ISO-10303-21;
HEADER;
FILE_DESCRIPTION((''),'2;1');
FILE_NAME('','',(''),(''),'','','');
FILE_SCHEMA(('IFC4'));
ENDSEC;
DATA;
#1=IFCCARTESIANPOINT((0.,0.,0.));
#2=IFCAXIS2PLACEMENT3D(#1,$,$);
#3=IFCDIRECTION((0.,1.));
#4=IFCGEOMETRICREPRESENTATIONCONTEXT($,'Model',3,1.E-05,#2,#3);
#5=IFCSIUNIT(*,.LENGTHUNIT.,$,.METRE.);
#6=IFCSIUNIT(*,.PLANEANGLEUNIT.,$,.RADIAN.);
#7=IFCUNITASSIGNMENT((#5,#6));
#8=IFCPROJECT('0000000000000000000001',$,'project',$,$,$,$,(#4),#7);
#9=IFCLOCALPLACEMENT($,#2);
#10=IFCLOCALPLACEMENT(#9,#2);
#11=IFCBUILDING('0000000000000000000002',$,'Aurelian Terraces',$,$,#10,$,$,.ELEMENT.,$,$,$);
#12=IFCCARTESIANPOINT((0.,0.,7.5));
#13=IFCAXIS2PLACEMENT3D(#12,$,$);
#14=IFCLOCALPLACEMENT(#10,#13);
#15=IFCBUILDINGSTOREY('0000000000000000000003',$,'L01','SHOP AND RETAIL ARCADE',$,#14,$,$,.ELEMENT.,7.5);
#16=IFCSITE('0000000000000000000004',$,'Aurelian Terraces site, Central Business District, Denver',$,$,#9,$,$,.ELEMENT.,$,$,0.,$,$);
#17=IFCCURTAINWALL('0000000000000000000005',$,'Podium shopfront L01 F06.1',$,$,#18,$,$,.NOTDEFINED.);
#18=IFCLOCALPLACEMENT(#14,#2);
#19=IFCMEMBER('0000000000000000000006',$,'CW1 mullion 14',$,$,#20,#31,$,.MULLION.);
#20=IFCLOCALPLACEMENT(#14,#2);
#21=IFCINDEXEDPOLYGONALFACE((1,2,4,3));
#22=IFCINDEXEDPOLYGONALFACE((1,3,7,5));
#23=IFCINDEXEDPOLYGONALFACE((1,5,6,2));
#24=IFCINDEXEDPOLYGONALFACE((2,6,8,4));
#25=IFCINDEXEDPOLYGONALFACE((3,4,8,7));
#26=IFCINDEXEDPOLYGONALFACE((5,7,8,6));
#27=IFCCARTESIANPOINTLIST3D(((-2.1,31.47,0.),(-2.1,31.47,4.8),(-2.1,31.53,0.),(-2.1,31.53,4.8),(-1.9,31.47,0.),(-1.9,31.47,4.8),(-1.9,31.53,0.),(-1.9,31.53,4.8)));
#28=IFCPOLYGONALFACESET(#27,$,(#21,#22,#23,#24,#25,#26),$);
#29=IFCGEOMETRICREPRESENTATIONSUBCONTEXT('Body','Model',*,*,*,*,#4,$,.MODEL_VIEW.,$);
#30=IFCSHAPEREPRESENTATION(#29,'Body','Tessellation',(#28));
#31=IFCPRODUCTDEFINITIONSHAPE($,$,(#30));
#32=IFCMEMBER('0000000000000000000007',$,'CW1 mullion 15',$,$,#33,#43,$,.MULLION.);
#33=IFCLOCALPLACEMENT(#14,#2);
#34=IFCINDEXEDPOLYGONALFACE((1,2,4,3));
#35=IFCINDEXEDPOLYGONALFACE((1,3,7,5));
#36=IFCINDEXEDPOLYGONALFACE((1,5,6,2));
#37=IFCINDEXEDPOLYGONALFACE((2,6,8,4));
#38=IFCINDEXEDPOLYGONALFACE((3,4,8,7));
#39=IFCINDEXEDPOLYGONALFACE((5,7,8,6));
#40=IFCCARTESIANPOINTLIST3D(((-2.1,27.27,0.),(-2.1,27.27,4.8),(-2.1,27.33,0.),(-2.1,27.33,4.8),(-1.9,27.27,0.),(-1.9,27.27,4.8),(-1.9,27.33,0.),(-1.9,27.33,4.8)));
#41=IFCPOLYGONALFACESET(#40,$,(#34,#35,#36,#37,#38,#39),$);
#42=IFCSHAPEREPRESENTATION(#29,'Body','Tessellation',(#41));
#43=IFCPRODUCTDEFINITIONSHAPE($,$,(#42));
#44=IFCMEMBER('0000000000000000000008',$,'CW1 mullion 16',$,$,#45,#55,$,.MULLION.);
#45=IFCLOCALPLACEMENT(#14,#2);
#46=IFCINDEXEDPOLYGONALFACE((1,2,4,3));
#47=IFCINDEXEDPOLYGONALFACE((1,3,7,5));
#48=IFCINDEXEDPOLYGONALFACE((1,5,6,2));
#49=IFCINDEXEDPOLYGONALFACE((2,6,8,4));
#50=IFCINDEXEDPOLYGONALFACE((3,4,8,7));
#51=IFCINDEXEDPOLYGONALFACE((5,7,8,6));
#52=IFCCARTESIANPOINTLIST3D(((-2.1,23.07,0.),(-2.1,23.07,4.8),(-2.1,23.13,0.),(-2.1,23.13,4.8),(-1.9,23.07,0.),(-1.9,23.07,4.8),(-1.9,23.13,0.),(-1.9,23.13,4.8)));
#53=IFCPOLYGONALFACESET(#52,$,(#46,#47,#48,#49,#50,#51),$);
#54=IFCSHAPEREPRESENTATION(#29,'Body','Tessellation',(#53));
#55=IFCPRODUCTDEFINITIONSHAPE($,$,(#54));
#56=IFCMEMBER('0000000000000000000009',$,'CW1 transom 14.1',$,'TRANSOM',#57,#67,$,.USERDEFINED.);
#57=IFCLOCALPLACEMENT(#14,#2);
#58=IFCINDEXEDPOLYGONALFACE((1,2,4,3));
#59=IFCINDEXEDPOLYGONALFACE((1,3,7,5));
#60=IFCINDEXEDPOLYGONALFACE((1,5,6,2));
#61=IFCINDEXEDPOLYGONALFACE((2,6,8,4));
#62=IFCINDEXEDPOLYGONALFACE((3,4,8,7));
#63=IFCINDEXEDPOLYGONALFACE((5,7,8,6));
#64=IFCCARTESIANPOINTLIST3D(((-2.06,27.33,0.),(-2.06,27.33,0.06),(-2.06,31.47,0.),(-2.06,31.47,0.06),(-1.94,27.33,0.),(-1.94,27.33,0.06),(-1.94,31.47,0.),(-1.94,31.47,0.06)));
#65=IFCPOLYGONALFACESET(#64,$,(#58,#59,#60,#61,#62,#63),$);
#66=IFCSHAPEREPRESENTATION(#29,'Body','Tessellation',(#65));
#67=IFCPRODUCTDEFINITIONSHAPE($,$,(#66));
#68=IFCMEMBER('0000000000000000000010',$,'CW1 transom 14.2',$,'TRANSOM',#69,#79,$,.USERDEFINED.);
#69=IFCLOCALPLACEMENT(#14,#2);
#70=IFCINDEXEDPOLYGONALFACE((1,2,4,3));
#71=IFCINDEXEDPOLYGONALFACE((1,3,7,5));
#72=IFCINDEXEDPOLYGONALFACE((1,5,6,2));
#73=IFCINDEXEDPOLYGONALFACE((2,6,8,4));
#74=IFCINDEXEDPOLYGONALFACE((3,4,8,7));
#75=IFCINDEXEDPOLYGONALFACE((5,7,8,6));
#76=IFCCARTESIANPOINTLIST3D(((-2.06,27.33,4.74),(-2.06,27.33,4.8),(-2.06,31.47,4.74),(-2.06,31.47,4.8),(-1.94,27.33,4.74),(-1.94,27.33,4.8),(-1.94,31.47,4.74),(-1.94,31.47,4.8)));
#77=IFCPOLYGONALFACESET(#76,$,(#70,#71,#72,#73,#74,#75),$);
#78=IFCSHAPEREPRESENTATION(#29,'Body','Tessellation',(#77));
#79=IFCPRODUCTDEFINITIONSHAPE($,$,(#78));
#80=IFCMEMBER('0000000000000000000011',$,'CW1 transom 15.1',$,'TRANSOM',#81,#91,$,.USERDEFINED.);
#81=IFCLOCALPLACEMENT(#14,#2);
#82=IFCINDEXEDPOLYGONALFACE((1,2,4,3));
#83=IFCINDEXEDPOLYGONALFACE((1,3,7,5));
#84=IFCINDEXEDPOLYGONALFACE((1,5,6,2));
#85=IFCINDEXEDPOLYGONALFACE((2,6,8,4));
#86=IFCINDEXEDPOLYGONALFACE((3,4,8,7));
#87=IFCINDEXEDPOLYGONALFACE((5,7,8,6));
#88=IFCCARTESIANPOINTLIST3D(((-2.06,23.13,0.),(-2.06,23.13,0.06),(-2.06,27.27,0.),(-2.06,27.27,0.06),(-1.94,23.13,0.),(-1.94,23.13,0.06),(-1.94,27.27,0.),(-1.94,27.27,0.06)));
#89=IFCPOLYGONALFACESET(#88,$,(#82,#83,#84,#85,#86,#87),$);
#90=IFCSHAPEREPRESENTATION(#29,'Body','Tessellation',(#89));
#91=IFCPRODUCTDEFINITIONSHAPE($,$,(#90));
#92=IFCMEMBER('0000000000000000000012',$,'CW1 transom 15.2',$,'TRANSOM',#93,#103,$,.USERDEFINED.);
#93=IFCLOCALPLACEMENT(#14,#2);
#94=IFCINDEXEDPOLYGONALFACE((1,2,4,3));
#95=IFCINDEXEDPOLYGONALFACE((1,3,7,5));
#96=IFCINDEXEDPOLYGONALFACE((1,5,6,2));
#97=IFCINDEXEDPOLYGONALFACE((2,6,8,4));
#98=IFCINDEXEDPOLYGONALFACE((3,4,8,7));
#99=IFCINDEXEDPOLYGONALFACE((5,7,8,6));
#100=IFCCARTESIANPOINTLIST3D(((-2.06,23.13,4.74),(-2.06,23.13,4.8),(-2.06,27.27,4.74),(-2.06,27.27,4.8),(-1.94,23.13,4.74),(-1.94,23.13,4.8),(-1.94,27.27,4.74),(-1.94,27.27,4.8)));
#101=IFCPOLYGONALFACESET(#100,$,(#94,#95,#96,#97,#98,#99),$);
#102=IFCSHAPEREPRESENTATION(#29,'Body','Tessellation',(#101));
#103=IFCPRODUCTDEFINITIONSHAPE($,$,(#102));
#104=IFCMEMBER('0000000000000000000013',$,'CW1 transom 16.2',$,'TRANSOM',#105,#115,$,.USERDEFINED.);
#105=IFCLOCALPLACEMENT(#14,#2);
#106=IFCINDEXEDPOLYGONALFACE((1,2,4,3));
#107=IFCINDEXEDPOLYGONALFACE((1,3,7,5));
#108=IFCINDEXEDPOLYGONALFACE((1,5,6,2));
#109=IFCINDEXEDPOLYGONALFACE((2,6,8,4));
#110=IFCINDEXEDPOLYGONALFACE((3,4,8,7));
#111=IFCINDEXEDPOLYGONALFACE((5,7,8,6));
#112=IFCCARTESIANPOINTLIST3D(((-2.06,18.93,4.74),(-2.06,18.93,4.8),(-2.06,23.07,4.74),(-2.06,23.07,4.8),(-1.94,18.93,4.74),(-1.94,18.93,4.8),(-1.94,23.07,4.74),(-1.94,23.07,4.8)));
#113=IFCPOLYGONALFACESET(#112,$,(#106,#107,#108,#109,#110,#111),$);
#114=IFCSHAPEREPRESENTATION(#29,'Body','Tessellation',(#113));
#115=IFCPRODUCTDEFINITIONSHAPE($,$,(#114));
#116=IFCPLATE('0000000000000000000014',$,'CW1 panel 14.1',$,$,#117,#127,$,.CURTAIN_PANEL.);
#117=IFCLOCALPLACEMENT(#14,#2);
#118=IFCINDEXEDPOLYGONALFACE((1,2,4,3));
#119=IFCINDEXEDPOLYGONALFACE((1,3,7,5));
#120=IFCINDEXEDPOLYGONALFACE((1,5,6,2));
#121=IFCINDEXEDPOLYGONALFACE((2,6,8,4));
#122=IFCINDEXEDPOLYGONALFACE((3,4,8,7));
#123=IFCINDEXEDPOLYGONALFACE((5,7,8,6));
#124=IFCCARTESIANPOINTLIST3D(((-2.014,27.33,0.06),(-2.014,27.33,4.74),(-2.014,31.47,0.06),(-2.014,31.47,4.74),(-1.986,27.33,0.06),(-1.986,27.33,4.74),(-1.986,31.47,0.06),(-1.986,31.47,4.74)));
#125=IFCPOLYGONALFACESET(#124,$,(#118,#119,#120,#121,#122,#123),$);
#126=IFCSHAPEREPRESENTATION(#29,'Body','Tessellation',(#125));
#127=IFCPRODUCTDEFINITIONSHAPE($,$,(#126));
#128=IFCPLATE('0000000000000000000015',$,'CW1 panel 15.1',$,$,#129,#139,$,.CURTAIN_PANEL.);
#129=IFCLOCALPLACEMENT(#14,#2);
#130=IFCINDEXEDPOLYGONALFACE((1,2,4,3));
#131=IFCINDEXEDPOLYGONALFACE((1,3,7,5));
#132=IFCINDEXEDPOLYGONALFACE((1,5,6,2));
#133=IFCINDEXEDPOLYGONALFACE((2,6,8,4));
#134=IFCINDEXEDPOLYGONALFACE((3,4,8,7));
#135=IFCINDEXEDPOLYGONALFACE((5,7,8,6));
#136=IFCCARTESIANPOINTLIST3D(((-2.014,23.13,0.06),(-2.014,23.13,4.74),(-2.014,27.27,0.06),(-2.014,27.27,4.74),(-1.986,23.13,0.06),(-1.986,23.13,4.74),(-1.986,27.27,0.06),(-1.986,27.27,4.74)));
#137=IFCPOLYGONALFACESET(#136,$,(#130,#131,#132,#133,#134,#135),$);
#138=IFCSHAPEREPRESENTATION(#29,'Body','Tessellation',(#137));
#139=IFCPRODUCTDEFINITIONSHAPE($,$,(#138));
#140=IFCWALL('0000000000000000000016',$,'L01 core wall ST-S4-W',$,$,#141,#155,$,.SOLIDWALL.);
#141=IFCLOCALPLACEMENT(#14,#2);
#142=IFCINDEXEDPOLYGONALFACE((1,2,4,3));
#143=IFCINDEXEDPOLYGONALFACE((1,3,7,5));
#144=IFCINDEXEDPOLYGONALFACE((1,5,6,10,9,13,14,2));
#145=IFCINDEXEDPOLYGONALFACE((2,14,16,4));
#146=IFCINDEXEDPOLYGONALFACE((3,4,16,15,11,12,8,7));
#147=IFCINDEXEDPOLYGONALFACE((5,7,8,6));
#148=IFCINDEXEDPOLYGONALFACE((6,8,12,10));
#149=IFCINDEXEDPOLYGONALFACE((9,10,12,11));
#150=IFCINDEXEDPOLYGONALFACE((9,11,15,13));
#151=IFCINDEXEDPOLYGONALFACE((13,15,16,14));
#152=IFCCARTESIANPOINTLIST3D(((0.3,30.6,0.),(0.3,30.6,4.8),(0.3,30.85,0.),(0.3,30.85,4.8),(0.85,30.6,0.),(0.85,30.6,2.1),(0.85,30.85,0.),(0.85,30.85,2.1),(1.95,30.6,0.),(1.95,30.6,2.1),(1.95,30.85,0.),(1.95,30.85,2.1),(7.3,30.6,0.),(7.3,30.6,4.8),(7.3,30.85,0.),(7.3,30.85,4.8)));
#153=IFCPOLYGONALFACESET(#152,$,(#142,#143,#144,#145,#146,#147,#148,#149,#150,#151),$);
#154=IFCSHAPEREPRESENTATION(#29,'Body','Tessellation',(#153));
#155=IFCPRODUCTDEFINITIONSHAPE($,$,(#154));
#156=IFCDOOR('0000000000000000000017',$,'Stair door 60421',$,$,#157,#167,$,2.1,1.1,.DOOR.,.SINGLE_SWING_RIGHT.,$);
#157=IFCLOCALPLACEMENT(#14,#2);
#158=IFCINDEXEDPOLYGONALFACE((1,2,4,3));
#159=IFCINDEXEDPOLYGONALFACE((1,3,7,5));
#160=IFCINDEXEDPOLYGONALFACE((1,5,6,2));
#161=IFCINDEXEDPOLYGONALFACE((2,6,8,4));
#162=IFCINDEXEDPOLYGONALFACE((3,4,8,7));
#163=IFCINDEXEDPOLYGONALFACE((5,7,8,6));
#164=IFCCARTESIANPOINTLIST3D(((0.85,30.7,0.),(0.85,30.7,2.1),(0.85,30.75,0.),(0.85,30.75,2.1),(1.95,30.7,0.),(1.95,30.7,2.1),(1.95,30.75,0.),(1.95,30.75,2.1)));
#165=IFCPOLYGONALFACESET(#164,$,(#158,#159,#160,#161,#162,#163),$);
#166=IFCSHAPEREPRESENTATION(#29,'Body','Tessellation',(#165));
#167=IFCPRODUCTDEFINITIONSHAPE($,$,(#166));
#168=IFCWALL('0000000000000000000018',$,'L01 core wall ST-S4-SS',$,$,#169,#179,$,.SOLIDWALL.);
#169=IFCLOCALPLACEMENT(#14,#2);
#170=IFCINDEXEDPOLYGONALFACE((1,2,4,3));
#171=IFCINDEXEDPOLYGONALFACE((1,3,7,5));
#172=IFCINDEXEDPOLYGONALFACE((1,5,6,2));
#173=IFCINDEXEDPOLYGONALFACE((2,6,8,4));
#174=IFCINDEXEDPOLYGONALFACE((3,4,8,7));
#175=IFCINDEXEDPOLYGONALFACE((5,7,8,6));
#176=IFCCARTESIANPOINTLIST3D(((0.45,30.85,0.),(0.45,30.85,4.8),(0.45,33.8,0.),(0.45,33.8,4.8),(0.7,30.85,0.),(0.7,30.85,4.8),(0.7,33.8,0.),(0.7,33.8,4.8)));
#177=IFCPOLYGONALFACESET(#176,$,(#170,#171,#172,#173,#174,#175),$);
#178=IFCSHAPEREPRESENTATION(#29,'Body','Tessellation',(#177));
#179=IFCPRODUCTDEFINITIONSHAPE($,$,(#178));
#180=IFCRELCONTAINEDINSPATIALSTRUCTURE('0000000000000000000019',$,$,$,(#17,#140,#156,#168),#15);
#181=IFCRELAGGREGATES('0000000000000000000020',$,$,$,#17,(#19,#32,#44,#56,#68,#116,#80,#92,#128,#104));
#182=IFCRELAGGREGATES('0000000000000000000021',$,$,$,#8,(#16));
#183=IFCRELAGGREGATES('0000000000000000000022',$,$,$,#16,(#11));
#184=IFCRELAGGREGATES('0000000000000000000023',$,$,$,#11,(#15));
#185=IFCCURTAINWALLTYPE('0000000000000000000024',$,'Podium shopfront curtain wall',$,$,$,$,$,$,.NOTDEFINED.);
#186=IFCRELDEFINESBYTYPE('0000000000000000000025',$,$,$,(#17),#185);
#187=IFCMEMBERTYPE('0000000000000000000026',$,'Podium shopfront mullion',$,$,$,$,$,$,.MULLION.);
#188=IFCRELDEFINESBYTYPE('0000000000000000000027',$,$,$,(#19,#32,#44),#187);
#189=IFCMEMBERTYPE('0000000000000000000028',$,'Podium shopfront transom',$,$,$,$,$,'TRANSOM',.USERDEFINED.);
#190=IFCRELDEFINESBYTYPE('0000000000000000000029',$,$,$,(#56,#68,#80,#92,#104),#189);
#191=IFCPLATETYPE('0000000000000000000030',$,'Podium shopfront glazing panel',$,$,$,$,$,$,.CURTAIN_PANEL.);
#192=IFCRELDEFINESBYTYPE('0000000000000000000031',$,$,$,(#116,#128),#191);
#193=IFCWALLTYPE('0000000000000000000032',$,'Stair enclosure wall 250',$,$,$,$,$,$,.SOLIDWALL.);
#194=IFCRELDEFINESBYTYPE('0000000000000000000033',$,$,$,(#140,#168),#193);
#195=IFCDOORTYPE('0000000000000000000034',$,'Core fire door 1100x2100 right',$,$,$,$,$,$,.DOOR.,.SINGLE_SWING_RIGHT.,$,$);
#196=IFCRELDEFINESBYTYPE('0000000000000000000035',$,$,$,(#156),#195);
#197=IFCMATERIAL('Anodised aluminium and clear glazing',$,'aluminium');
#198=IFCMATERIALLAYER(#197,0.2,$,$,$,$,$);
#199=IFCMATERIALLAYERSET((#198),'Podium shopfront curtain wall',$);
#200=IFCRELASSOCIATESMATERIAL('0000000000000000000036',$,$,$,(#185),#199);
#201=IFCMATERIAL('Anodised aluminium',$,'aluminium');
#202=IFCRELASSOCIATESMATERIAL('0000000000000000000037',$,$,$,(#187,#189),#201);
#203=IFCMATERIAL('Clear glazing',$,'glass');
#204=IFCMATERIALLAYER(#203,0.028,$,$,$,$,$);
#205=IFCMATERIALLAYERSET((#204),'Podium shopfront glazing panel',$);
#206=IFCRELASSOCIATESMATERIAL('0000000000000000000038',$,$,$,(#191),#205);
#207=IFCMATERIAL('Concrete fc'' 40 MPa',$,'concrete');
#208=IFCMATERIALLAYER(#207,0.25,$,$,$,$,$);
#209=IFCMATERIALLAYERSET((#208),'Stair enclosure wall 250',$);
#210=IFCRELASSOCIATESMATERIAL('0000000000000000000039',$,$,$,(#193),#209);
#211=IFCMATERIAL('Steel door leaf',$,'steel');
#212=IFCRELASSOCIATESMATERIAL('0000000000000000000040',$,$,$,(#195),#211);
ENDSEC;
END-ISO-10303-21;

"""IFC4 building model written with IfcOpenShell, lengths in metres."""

from ifc_helpers import new_model, si_unit, direction, frame, frame_2d, origin, origin_2d, place, context, subcontext, project, spatial, rectangle, extrude, source, transform, mapped, material, layer, layer_set, material_profile, profile_set, type_object, element, fill, aggregate, save


model = new_model("IFC4")

# Units and contexts
model_context = context("Model", 3, precision=1e-05, world=origin(), true_north=direction((0.0, 1.0)))
body_context = subcontext(model_context, "Body", "Model", "MODEL_VIEW")
ifc_project = project(units=[si_unit("LENGTHUNIT", "METRE"), si_unit("PLANEANGLEUNIT", "RADIAN")], contexts=[model_context])

# Site, building, storey
site_placement = place(None, origin())
site = spatial("IfcSite", under=ifc_project, at=site_placement, Name="Aurelian Terraces site, Central Business District, Denver", CompositionType="ELEMENT", RefElevation=0.0)
building_placement = place(site_placement, origin())
building = spatial("IfcBuilding", under=site, at=building_placement, Name="Aurelian Terraces", CompositionType="ELEMENT")
storey_placement = place(building_placement, frame((0.0, 0.0, 7.5)))
storey = spatial("IfcBuildingStorey", under=building, at=storey_placement, Name="L01", Description="SHOP AND RETAIL ARCADE", CompositionType="ELEMENT", Elevation=7.5)

# Curtain wall, members, plates
ifc_material_1 = material(Name="Anodised aluminium and clear glazing", Category="aluminium")
ifc_layer_1 = layer(ifc_material_1, 0.2)
ifc_layer_set_1 = layer_set([ifc_layer_1], Name="Podium shopfront curtain wall")
curtain_wall_type = type_object("IfcCurtainWallType", Name="Podium shopfront curtain wall", PredefinedType="NOTDEFINED", material=ifc_layer_set_1)
curtain_wall_placement = place(storey_placement, origin())
curtain_wall = element("IfcCurtainWall", 1, at=curtain_wall_placement, inside=storey, type_object=curtain_wall_type, Name="Podium shopfront L01 F06.1", PredefinedType="NOTDEFINED")
ifc_material_2 = material(Name="Anodised aluminium", Category="aluminium")
ifc_material_profile_1 = material_profile(ifc_material_2, rectangle(XDim=0.2, YDim=0.06, at=origin_2d()))
ifc_profile_set_1 = profile_set([ifc_material_profile_1], Name="Anodised aluminium")
member_type_1 = type_object("IfcMemberType", Name="Podium shopfront mullion", PredefinedType="MULLION", material=ifc_profile_set_1)
shared_shape_1 = source(origin(), body_context, "Body", "SweptSolid", [
    extrude(rectangle(XDim=0.2, YDim=0.06, at=origin_2d()), origin(), (0.0, 0.0, 1.0), 4.8),
])
member_1_placement = place(storey_placement, frame((-2.0, 31.5, 0.0), z_axis=(0.0, 0.0, 1.0), x_axis=(1.0, 0.0, 0.0)))
member_1 = element("IfcMember", 2, at=member_1_placement, type_object=member_type_1, Name="CW1 mullion 14", PredefinedType="MULLION", context=body_context, shape_type="MappedRepresentation", body=[
    mapped(shared_shape_1, transform((0.0, 0.0, 0.0), scale=1.0)),
])
member_2_placement = place(storey_placement, frame((-2.0, 27.3, 0.0), z_axis=(0.0, 0.0, 1.0), x_axis=(1.0, 0.0, 0.0)))
member_2 = element("IfcMember", 3, at=member_2_placement, type_object=member_type_1, Name="CW1 mullion 15", PredefinedType="MULLION", context=body_context, shape_type="MappedRepresentation", body=[
    mapped(shared_shape_1, transform((0.0, 0.0, 0.0), scale=1.0)),
])
member_3_placement = place(storey_placement, frame((-2.0, 23.1, 0.0), z_axis=(0.0, 0.0, 1.0), x_axis=(1.0, 0.0, 0.0)))
member_3 = element("IfcMember", 4, at=member_3_placement, type_object=member_type_1, Name="CW1 mullion 16", PredefinedType="MULLION", context=body_context, shape_type="MappedRepresentation", body=[
    mapped(shared_shape_1, transform((0.0, 0.0, 0.0), scale=1.0)),
])
ifc_material_profile_2 = material_profile(ifc_material_2, rectangle(XDim=0.12, YDim=0.06, at=origin_2d()))
ifc_profile_set_2 = profile_set([ifc_material_profile_2], Name="Anodised aluminium")
member_type_2 = type_object("IfcMemberType", Name="Podium shopfront transom", ElementType="TRANSOM", PredefinedType="USERDEFINED", material=ifc_profile_set_2)
shared_shape_2 = source(origin(), body_context, "Body", "SweptSolid", [
    extrude(rectangle(XDim=0.12, YDim=0.06, at=origin_2d()), origin(), (0.0, 0.0, 1.0), 4.14),
])
member_4_placement = place(storey_placement, frame((-2.0, 31.47, 0.03), z_axis=(0.0, -1.0, 0.0), x_axis=(1.0, 0.0, 0.0)))
member_4 = element("IfcMember", 5, at=member_4_placement, type_object=member_type_2, Name="CW1 transom 14.1", ObjectType="TRANSOM", PredefinedType="USERDEFINED", context=body_context, shape_type="MappedRepresentation", body=[
    mapped(shared_shape_2, transform((0.0, 0.0, 0.0), scale=1.0)),
])
member_5_placement = place(storey_placement, frame((-2.0, 31.47, 4.77), z_axis=(0.0, -1.0, 0.0), x_axis=(1.0, 0.0, 0.0)))
member_5 = element("IfcMember", 6, at=member_5_placement, type_object=member_type_2, Name="CW1 transom 14.2", ObjectType="TRANSOM", PredefinedType="USERDEFINED", context=body_context, shape_type="MappedRepresentation", body=[
    mapped(shared_shape_2, transform((0.0, 0.0, 0.0), scale=1.0)),
])
member_6_placement = place(storey_placement, frame((-2.0, 27.27, 0.03), z_axis=(0.0, -1.0, 0.0), x_axis=(1.0, 0.0, 0.0)))
member_6 = element("IfcMember", 7, at=member_6_placement, type_object=member_type_2, Name="CW1 transom 15.1", ObjectType="TRANSOM", PredefinedType="USERDEFINED", context=body_context, shape_type="MappedRepresentation", body=[
    mapped(shared_shape_2, transform((0.0, 0.0, 0.0), scale=1.0)),
])
member_7_placement = place(storey_placement, frame((-2.0, 27.27, 4.77), z_axis=(0.0, -1.0, 0.0), x_axis=(1.0, 0.0, 0.0)))
member_7 = element("IfcMember", 8, at=member_7_placement, type_object=member_type_2, Name="CW1 transom 15.2", ObjectType="TRANSOM", PredefinedType="USERDEFINED", context=body_context, shape_type="MappedRepresentation", body=[
    mapped(shared_shape_2, transform((0.0, 0.0, 0.0), scale=1.0)),
])
member_8_placement = place(storey_placement, frame((-2.0, 23.07, 4.77), z_axis=(0.0, -1.0, 0.0), x_axis=(1.0, 0.0, 0.0)))
member_8 = element("IfcMember", 9, at=member_8_placement, type_object=member_type_2, Name="CW1 transom 16.2", ObjectType="TRANSOM", PredefinedType="USERDEFINED", context=body_context, shape_type="MappedRepresentation", body=[
    mapped(shared_shape_2, transform((0.0, 0.0, 0.0), scale=1.0)),
])
ifc_material_3 = material(Name="Clear glazing", Category="glass")
ifc_layer_2 = layer(ifc_material_3, 0.028)
ifc_layer_set_2 = layer_set([ifc_layer_2], Name="Podium shopfront glazing panel")
plate_type = type_object("IfcPlateType", Name="Podium shopfront glazing panel", PredefinedType="CURTAIN_PANEL", material=ifc_layer_set_2)
shared_shape_3 = source(origin(), body_context, "Body", "SweptSolid", [
    extrude(rectangle(XDim=4.14, YDim=0.028, at=origin_2d()), origin(), (0.0, 0.0, 1.0), 4.68),
])
plate_1_placement = place(storey_placement, frame((-2.0, 29.4, 0.06), z_axis=(0.0, 0.0, 1.0), x_axis=(0.0, -1.0, 0.0)))
plate_1 = element("IfcPlate", 10, at=plate_1_placement, type_object=plate_type, Name="CW1 panel 14.1", PredefinedType="CURTAIN_PANEL", context=body_context, shape_type="MappedRepresentation", body=[
    mapped(shared_shape_3, transform((0.0, 0.0, 0.0), scale=1.0)),
])
plate_2_placement = place(storey_placement, frame((-2.0, 25.2, 0.06), z_axis=(0.0, 0.0, 1.0), x_axis=(0.0, -1.0, 0.0)))
plate_2 = element("IfcPlate", 11, at=plate_2_placement, type_object=plate_type, Name="CW1 panel 15.1", PredefinedType="CURTAIN_PANEL", context=body_context, shape_type="MappedRepresentation", body=[
    mapped(shared_shape_3, transform((0.0, 0.0, 0.0), scale=1.0)),
])
aggregate(curtain_wall, [member_1, member_2, member_3, member_4, member_5, plate_1, member_6, member_7, plate_2, member_8])

# Wall, opening, door
ifc_material_4 = material(Name="Concrete fc' 40 MPa", Category="concrete")
ifc_layer_3 = layer(ifc_material_4, 0.25)
ifc_layer_set_3 = layer_set([ifc_layer_3], Name="Stair enclosure wall 250")
wall_type_1 = type_object("IfcWallType", Name="Stair enclosure wall 250", PredefinedType="SOLIDWALL", material=ifc_layer_set_3)
shared_shape_4 = source(origin(), body_context, "Body", "SweptSolid", [
    extrude(rectangle(XDim=7.0, YDim=0.25, at=frame_2d((3.5, 0.0))), origin(), (0.0, 0.0, 1.0), 4.8),
])
wall_1_placement = place(storey_placement, frame((0.3, 30.725, 0.0), z_axis=(0.0, 0.0, 1.0), x_axis=(1.0, 0.0, 0.0)))
wall_1 = element("IfcWall", 12, at=wall_1_placement, inside=storey, type_object=wall_type_1, Name="L01 core wall ST-S4-W", PredefinedType="SOLIDWALL", context=body_context, shape_type="MappedRepresentation", body=[
    mapped(shared_shape_4, transform((0.0, 0.0, 0.0), scale=1.0)),
])
shared_shape_5 = source(origin(), body_context, "Body", "SweptSolid", [
    extrude(rectangle(XDim=1.1, YDim=2.1, at=frame_2d((0.55, 1.05))), frame((0.0, 0.135, 0.0), z_axis=(0.0, -1.0, 0.0), x_axis=(1.0, 0.0, 0.0)), (0.0, 0.0, 1.0), 0.27),
])
opening_placement = place(wall_1_placement, frame((0.55, 0.0, 0.0)))
opening = element("IfcOpeningElement", 13, at=opening_placement, cuts=wall_1, PredefinedType="OPENING", context=body_context, shape_type="MappedRepresentation", body=[
    mapped(shared_shape_5, transform((0.0, 0.0, 0.0), scale=1.0)),
])
ifc_material_5 = material(Name="Steel door leaf", Category="steel")
door_type = type_object("IfcDoorType", Name="Core fire door 1100x2100 right", OperationType="SINGLE_SWING_RIGHT", PredefinedType="DOOR", material=ifc_material_5)
shared_shape_6 = source(origin(), body_context, "Body", "SweptSolid", [
    extrude(rectangle(XDim=1.1, YDim=2.1, at=frame_2d((0.55, 1.05))), frame((0.0, 0.025, 0.0), z_axis=(0.0, -1.0, 0.0), x_axis=(1.0, 0.0, 0.0)), (0.0, 0.0, 1.0), 0.05),
])
door_placement = place(opening_placement, origin())
door = element("IfcDoor", 14, at=door_placement, inside=storey, type_object=door_type, Name="Stair door 60421", OperationType="SINGLE_SWING_RIGHT", OverallHeight=2.1, OverallWidth=1.1, PredefinedType="DOOR", context=body_context, shape_type="MappedRepresentation", body=[
    mapped(shared_shape_6, transform((0.0, 0.0, 0.0), scale=1.0)),
])
fill(opening, door)

# Wall
shared_shape_7 = source(origin(), body_context, "Body", "SweptSolid", [
    extrude(rectangle(XDim=2.95, YDim=0.25, at=frame_2d((1.475, 0.0))), origin(), (0.0, 0.0, 1.0), 4.8),
])
wall_2_placement = place(storey_placement, frame((0.575, 30.85, 0.0), z_axis=(0.0, 0.0, 1.0), x_axis=(0.0, 1.0, 0.0)))
element("IfcWall", 15, at=wall_2_placement, inside=storey, type_object=wall_type_1, Name="L01 core wall ST-S4-SS", PredefinedType="SOLIDWALL", context=body_context, shape_type="MappedRepresentation", body=[
    mapped(shared_shape_7, transform((0.0, 0.0, 0.0), scale=1.0)),
])

save(model, "model.ifc")
